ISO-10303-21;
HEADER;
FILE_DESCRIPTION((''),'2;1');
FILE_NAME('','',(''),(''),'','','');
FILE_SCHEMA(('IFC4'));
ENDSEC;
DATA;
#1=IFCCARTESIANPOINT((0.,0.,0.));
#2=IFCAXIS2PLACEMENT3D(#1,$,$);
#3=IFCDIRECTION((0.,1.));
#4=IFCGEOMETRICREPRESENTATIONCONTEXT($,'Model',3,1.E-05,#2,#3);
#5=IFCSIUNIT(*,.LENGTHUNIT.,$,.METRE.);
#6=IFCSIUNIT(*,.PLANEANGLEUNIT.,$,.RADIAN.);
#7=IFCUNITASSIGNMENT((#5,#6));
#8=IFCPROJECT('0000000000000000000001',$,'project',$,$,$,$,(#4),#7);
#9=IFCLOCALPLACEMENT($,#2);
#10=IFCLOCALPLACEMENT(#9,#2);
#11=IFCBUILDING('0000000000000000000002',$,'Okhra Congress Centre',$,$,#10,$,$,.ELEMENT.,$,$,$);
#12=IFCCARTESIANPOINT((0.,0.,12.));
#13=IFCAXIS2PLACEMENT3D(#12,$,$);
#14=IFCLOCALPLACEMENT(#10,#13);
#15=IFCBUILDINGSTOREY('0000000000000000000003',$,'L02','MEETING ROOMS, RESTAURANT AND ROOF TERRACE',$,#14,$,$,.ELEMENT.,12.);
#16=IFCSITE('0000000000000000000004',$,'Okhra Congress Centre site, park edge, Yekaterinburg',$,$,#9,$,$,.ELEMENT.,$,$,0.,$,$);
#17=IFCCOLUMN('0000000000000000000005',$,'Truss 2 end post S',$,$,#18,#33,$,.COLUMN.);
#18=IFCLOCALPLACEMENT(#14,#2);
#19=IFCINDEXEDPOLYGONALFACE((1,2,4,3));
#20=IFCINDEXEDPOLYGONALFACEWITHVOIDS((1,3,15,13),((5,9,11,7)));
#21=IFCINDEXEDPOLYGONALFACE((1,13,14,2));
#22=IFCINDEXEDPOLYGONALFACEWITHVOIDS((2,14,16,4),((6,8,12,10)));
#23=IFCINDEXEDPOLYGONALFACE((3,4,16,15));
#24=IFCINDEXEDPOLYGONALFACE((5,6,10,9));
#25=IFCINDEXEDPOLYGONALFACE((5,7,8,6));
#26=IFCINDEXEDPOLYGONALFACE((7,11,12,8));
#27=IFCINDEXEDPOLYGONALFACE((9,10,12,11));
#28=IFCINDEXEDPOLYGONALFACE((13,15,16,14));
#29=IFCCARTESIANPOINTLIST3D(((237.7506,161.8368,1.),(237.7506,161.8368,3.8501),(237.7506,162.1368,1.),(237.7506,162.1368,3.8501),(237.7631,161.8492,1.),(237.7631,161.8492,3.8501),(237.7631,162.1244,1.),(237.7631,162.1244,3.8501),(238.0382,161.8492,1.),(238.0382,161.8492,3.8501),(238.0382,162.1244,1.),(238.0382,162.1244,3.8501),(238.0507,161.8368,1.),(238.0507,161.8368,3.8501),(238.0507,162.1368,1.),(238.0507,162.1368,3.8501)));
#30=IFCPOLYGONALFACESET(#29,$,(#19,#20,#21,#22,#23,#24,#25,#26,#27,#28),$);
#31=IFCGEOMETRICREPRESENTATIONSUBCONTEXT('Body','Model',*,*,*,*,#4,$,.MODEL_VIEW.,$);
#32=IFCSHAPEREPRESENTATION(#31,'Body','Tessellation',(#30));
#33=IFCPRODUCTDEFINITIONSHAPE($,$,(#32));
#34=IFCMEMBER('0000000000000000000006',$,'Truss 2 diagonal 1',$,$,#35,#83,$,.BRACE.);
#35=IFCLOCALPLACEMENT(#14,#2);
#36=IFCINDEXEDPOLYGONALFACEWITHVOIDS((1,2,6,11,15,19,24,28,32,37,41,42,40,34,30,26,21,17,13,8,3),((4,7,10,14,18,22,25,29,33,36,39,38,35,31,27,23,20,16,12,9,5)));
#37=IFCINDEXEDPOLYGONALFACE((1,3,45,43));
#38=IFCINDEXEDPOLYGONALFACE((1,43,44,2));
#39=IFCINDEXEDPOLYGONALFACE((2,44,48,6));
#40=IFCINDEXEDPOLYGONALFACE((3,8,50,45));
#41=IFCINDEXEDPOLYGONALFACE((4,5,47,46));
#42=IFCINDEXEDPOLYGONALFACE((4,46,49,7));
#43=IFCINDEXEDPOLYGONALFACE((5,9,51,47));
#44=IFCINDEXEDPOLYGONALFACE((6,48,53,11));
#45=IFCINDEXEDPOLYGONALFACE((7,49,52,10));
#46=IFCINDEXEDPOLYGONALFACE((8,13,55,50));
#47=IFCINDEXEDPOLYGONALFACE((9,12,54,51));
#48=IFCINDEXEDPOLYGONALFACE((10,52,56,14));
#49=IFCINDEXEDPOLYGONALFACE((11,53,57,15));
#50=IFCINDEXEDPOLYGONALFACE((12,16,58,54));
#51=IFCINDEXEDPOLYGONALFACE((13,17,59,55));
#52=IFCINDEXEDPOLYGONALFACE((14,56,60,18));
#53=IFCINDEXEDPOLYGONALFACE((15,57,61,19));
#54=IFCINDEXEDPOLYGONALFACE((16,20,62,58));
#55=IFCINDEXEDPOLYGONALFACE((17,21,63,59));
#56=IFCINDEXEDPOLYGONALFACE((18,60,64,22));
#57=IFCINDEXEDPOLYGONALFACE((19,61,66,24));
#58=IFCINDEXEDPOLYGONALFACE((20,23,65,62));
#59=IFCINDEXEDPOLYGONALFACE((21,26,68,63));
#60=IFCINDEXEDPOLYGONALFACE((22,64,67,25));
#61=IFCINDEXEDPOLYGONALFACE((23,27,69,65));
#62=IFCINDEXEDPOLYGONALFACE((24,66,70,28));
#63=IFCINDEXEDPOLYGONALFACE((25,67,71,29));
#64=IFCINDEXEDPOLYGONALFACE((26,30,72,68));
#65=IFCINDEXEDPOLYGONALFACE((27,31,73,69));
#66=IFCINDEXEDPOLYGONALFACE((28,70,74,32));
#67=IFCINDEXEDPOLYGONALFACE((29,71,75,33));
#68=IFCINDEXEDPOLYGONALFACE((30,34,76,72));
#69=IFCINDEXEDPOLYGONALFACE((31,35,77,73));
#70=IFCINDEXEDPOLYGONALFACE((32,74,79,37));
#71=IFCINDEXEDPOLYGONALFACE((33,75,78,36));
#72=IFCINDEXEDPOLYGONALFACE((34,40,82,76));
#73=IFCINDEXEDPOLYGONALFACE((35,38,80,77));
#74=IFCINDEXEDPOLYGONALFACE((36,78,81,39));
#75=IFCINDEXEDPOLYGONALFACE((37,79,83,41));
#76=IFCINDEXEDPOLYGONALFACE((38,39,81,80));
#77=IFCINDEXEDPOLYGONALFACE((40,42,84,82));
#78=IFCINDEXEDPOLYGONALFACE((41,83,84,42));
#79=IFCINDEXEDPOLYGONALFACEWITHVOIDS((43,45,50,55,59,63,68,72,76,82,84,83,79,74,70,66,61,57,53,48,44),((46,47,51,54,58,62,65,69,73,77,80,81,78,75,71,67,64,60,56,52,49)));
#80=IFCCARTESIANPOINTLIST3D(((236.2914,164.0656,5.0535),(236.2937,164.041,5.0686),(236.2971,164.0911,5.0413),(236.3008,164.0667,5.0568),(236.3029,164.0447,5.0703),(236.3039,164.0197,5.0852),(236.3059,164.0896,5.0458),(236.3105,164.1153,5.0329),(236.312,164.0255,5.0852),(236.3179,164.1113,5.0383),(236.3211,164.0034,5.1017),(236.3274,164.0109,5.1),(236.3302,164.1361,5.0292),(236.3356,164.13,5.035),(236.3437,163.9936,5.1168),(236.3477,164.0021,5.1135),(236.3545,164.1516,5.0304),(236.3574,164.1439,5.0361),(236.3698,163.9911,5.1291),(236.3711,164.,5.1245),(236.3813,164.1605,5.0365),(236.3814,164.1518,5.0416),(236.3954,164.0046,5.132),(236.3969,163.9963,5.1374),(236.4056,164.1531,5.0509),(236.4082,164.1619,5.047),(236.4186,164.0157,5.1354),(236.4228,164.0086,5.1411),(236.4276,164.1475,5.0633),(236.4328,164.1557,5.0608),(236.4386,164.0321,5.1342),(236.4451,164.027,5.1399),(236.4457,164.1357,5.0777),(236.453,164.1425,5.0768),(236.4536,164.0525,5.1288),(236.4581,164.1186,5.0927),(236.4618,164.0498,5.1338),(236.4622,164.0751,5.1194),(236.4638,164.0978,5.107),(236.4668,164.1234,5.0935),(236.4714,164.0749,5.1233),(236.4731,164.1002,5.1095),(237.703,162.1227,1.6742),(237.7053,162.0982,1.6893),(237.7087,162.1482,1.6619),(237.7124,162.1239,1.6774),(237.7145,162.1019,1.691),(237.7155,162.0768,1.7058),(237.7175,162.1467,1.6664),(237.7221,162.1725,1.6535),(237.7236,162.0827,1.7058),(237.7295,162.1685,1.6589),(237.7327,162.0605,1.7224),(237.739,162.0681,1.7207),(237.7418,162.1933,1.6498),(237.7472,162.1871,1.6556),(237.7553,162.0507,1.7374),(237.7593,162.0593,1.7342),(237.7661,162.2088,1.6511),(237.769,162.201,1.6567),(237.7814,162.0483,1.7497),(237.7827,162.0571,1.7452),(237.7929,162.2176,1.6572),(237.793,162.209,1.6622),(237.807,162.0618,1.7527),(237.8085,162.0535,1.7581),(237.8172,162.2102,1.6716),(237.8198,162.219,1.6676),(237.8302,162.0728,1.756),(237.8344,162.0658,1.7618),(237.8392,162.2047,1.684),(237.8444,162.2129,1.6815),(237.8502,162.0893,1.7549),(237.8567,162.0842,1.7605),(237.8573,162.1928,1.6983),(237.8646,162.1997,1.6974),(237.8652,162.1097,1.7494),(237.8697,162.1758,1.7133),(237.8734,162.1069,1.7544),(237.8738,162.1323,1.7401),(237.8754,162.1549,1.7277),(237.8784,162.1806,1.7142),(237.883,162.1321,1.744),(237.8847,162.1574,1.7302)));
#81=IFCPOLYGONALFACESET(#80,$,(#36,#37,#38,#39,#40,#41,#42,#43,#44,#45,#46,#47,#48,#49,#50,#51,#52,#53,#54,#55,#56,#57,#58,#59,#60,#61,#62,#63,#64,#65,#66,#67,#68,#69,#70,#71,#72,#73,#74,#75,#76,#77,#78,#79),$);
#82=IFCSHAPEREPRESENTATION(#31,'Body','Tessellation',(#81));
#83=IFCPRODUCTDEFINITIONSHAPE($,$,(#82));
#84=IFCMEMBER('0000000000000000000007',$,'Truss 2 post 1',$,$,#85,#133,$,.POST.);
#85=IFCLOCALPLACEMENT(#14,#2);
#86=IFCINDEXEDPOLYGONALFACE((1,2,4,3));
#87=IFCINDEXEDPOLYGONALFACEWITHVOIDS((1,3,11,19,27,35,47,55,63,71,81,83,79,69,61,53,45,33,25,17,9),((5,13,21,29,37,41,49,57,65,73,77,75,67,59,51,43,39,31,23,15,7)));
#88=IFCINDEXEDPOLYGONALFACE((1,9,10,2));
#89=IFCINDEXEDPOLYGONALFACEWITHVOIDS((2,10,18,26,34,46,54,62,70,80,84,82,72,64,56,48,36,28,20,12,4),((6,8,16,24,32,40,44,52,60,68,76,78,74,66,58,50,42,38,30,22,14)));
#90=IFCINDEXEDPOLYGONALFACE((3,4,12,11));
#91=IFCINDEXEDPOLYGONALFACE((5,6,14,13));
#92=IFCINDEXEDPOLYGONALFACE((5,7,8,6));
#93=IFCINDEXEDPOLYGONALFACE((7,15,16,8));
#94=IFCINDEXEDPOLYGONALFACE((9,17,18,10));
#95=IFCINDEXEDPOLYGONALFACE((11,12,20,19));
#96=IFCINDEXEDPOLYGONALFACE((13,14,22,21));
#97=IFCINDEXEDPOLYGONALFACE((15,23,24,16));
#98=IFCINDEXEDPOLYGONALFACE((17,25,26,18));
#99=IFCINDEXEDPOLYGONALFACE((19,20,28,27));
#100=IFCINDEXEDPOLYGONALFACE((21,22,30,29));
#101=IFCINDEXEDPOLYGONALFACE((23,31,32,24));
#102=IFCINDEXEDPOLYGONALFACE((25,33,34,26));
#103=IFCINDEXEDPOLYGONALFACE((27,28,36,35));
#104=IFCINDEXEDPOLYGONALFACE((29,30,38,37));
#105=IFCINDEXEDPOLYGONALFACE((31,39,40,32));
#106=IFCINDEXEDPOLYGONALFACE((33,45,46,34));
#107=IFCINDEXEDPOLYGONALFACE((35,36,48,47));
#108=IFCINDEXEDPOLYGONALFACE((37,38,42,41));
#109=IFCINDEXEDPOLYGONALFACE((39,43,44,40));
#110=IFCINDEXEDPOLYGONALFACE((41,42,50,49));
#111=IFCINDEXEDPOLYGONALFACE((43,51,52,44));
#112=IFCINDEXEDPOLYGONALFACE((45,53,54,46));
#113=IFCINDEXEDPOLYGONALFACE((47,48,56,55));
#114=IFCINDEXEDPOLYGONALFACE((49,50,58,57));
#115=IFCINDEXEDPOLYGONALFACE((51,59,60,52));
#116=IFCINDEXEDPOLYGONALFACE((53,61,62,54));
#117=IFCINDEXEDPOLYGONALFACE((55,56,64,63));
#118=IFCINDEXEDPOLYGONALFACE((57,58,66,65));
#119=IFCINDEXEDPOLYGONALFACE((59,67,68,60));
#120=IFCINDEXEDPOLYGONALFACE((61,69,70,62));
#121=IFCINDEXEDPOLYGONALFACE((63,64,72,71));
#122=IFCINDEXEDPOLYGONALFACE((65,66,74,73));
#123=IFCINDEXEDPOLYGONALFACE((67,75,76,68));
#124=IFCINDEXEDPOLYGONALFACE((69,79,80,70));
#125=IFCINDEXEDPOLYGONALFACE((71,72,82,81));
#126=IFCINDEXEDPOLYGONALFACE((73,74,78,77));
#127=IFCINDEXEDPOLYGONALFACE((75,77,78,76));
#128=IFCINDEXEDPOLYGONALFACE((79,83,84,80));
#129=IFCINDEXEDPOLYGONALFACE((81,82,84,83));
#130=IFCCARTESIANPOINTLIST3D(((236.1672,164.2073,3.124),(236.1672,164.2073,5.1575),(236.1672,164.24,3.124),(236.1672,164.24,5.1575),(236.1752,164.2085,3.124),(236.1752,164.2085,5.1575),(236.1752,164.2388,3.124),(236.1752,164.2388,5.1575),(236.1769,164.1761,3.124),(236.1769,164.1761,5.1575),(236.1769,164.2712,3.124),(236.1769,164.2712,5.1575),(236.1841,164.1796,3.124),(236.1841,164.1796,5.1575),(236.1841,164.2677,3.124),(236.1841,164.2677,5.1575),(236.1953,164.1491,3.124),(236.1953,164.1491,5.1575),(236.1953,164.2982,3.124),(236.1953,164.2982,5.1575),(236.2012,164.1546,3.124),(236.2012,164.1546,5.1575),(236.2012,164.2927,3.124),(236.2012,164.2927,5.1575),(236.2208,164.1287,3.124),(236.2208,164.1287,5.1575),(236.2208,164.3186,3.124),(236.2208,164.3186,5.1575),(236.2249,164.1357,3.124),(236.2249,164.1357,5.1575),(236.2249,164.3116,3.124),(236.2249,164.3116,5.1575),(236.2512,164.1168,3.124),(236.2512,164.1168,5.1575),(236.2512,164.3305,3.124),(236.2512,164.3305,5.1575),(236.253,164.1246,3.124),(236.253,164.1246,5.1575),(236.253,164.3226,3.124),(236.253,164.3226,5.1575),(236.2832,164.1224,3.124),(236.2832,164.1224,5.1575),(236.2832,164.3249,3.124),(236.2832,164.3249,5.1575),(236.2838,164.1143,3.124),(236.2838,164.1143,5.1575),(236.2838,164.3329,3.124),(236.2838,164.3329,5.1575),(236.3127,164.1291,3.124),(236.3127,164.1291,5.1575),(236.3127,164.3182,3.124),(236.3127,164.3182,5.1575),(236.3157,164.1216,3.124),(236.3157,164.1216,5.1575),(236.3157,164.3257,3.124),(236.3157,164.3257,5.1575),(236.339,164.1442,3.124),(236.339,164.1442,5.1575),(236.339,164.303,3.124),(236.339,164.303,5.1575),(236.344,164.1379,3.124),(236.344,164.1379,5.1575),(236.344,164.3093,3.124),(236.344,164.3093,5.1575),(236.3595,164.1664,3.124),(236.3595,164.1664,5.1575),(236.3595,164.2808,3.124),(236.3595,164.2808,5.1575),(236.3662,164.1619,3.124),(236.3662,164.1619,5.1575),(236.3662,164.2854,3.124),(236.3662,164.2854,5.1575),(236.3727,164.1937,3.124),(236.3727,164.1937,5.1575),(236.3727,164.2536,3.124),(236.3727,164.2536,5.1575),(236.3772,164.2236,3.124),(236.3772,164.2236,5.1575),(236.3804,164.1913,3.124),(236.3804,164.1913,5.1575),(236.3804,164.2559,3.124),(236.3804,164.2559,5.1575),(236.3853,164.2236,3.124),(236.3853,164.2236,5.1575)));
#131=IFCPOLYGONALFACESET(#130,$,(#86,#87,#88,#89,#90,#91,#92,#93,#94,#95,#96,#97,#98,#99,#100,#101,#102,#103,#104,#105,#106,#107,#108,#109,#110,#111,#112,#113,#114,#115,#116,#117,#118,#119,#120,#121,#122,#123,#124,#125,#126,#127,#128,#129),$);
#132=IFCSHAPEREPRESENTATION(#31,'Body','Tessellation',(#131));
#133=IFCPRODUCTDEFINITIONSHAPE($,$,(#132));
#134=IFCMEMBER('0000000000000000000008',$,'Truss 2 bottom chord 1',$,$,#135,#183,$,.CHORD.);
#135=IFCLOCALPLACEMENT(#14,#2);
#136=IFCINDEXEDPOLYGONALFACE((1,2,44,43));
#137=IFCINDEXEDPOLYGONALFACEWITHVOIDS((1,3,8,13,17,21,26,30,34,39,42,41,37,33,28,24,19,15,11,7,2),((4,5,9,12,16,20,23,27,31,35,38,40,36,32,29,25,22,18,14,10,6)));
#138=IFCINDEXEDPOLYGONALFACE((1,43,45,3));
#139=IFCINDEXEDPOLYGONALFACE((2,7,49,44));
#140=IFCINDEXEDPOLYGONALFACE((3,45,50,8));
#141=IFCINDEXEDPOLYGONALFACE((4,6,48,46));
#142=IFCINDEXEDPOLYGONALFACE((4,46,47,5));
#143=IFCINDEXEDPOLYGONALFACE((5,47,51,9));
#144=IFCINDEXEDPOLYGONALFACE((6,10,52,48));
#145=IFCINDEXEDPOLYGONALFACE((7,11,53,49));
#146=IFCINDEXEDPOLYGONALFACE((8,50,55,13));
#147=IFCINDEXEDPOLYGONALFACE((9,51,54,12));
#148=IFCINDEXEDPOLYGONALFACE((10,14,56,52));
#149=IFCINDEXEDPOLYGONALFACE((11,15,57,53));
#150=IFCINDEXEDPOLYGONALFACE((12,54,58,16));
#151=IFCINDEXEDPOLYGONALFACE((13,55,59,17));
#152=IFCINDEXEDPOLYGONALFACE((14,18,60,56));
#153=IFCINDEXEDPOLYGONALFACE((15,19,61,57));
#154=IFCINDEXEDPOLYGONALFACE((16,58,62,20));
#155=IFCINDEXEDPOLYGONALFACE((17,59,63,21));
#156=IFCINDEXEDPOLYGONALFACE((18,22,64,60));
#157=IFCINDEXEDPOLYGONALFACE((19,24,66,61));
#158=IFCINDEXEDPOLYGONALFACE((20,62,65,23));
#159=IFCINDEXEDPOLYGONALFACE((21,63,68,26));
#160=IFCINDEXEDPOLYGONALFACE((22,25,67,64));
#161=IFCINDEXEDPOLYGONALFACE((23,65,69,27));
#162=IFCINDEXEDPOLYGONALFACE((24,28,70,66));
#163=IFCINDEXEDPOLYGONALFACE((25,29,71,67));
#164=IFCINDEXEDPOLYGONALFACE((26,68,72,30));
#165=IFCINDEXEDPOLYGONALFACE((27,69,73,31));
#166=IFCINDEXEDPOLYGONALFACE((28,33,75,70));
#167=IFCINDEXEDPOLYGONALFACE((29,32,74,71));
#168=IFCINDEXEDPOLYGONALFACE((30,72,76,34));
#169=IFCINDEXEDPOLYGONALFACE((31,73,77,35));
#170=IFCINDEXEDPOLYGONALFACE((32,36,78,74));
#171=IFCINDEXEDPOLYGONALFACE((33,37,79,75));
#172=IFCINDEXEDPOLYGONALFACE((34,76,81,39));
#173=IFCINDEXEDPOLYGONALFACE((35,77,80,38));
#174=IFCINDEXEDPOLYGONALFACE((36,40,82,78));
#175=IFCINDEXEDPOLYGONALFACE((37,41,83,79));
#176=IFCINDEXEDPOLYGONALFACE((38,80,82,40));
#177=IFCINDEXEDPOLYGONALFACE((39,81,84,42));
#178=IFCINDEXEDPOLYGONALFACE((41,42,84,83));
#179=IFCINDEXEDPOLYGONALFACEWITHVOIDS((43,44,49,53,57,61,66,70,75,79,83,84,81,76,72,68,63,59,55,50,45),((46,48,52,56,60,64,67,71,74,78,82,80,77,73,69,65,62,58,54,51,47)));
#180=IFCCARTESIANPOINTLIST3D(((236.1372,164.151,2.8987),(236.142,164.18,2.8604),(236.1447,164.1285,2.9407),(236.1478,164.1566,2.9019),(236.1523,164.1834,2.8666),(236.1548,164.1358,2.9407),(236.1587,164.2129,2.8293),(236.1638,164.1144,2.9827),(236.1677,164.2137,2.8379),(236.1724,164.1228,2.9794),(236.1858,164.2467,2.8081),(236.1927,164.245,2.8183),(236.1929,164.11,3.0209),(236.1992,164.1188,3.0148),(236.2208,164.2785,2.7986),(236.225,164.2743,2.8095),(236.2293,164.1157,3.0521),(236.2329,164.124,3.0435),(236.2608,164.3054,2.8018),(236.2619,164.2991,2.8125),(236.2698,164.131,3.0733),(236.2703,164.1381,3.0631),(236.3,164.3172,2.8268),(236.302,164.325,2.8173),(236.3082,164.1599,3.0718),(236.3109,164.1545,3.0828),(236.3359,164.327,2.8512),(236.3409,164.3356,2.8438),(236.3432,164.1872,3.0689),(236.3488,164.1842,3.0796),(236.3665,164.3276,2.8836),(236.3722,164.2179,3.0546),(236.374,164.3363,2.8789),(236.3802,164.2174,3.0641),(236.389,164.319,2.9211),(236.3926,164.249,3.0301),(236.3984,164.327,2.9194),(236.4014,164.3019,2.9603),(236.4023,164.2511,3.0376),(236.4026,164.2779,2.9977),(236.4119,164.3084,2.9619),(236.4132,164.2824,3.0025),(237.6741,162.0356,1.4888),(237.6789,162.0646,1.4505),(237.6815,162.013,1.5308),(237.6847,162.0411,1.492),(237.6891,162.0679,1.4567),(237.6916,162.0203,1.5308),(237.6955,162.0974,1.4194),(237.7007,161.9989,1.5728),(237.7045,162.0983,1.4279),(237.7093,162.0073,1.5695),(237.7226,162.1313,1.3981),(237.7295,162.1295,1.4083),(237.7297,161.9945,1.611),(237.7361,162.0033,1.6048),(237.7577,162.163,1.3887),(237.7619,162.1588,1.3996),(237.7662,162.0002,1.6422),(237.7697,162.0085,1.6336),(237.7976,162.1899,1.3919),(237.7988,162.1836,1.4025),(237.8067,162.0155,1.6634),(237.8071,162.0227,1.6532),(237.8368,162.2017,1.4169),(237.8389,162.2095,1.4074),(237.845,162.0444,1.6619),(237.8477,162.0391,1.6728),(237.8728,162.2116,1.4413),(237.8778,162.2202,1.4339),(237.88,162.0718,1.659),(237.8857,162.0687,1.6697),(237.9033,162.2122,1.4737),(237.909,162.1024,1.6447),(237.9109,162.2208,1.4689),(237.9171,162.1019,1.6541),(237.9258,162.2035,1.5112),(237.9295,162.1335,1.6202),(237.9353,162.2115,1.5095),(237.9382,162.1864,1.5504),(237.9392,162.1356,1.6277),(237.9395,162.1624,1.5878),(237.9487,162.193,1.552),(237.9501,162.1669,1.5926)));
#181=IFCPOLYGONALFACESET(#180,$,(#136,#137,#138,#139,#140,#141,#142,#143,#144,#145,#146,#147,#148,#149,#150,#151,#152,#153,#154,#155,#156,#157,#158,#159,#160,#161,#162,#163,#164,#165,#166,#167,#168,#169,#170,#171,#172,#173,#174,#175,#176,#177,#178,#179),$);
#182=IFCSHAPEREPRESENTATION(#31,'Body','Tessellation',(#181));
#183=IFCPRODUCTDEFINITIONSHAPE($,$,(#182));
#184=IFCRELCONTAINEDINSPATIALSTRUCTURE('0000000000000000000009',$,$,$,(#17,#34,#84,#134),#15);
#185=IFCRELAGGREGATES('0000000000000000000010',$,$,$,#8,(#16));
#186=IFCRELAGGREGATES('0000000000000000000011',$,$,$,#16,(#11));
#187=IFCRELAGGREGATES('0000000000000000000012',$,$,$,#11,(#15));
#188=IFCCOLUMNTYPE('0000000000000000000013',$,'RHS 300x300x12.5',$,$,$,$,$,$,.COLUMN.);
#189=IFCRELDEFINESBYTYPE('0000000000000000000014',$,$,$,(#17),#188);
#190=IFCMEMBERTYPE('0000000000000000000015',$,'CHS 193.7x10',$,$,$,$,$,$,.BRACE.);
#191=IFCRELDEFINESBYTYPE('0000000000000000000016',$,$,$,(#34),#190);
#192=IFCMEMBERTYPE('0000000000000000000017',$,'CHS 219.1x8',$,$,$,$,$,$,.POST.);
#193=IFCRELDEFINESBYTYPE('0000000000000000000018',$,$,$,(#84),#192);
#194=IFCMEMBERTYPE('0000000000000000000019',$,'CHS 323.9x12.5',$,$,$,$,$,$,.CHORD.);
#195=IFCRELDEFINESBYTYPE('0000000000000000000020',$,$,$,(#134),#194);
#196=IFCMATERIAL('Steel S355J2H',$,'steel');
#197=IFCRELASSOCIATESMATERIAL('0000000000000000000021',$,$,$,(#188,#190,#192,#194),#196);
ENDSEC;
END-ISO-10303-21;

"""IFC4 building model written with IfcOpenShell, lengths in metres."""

from ifc_helpers import new_model, si_unit, direction, frame, origin, origin_2d, place, context, subcontext, project, spatial, hollow_rectangle, hollow_circle, extrude, material, material_profile, profile_set, type_object, element, save


model = new_model("IFC4")

# Units and contexts
model_context = context("Model", 3, precision=1e-05, world=origin(), true_north=direction((0.0, 1.0)))
body_context = subcontext(model_context, "Body", "Model", "MODEL_VIEW")
ifc_project = project(units=[si_unit("LENGTHUNIT", "METRE"), si_unit("PLANEANGLEUNIT", "RADIAN")], contexts=[model_context])

# Site, building, storey
site_placement = place(None, origin())
site = spatial("IfcSite", under=ifc_project, at=site_placement, Name="Okhra Congress Centre site, park edge, Yekaterinburg", CompositionType="ELEMENT", RefElevation=0.0)
building_placement = place(site_placement, origin())
building = spatial("IfcBuilding", under=site, at=building_placement, Name="Okhra Congress Centre", CompositionType="ELEMENT")
storey_placement = place(building_placement, frame((0.0, 0.0, 12.0)))
storey = spatial("IfcBuildingStorey", under=building, at=storey_placement, Name="L02", Description="MEETING ROOMS, RESTAURANT AND ROOF TERRACE", CompositionType="ELEMENT", Elevation=12.0)

# Column
ifc_material_1 = material(Name="Steel S355J2H", Category="steel")
ifc_material_profile_1 = material_profile(ifc_material_1, hollow_rectangle(XDim=0.3, YDim=0.3, WallThickness=0.0125, at=origin_2d()), Name="RHS 300x300x12.5")
ifc_profile_set_1 = profile_set([ifc_material_profile_1], Name="Steel S355J2H")
column_type = type_object("IfcColumnType", Name="RHS 300x300x12.5", PredefinedType="COLUMN", material=ifc_profile_set_1)
column_placement = place(storey_placement, frame((237.9006, 161.9868, 1.0), z_axis=(0.0, 0.0, 1.0), x_axis=(1.0, 0.0, 0.0)))
element("IfcColumn", 1, at=column_placement, inside=storey, type_object=column_type, Name="Truss 2 end post S", PredefinedType="COLUMN", context=body_context, shape_type="SweptSolid", body=[
    extrude(hollow_rectangle(XDim=0.3, YDim=0.3, WallThickness=0.0125, at=origin_2d()), origin(), (0.0, 0.0, 1.0), 2.8501),
])

# Members
ifc_material_profile_2 = material_profile(ifc_material_1, hollow_circle(Radius=0.0969, WallThickness=0.01, at=origin_2d()), Name="CHS 193.7x10")
ifc_profile_set_2 = profile_set([ifc_material_profile_2], Name="Steel S355J2H")
member_type_1 = type_object("IfcMemberType", Name="CHS 193.7x10", PredefinedType="BRACE", material=ifc_profile_set_2)
member_1_placement = place(storey_placement, frame((237.7939, 162.1338, 1.7058), z_axis=(-0.340494, 0.468635, 0.815135), x_axis=(-0.809009, -0.587797, 0.0)))
element("IfcMember", 2, at=member_1_placement, inside=storey, type_object=member_type_1, Name="Truss 2 diagonal 1", PredefinedType="BRACE", context=body_context, shape_type="SweptSolid", body=[
    extrude(hollow_circle(Radius=0.0969, WallThickness=0.01, at=origin_2d()), origin(), (0.0, 0.0, 1.0), 4.1458),
])
ifc_material_profile_3 = material_profile(ifc_material_1, hollow_circle(Radius=0.1096, WallThickness=0.0081, at=origin_2d()), Name="CHS 219.1x8")
ifc_profile_set_3 = profile_set([ifc_material_profile_3], Name="Steel S355J2H")
member_type_2 = type_object("IfcMemberType", Name="CHS 219.1x8", PredefinedType="POST", material=ifc_profile_set_3)
member_2_placement = place(storey_placement, frame((236.2756, 164.2236, 3.124), z_axis=(0.0, 0.0, 1.0), x_axis=(1.0, 0.0, 0.0)))
element("IfcMember", 3, at=member_2_placement, inside=storey, type_object=member_type_2, Name="Truss 2 post 1", PredefinedType="POST", context=body_context, shape_type="SweptSolid", body=[
    extrude(hollow_circle(Radius=0.1096, WallThickness=0.0081, at=origin_2d()), origin(), (0.0, 0.0, 1.0), 2.0334),
])
ifc_material_profile_4 = material_profile(ifc_material_1, hollow_circle(Radius=0.1619, WallThickness=0.0125, at=origin_2d()), Name="CHS 323.9x12.5")
ifc_profile_set_4 = profile_set([ifc_material_profile_4], Name="Steel S355J2H")
member_type_3 = type_object("IfcMemberType", Name="CHS 323.9x12.5", PredefinedType="CHORD", material=ifc_profile_set_4)
for number, where, z_axis, x_axis, name in (
    (4, (237.8125, 162.1082, 1.5308), (-0.517341, 0.712115, 0.474606), (-0.809039, -0.587755, 0.0), "Truss 2 bottom chord 1"),
):
    element("IfcMember", number, at=place(storey_placement, frame(where, z_axis=z_axis, x_axis=x_axis)), inside=storey, type_object=member_type_3, Name=name, PredefinedType="CHORD", context=body_context, shape_type="SweptSolid", body=[
        extrude(hollow_circle(Radius=0.1619, WallThickness=0.0125, at=origin_2d()), origin(), (0.0, 0.0, 1.0), 2.9707),
    ])

save(model, "model.ifc")
